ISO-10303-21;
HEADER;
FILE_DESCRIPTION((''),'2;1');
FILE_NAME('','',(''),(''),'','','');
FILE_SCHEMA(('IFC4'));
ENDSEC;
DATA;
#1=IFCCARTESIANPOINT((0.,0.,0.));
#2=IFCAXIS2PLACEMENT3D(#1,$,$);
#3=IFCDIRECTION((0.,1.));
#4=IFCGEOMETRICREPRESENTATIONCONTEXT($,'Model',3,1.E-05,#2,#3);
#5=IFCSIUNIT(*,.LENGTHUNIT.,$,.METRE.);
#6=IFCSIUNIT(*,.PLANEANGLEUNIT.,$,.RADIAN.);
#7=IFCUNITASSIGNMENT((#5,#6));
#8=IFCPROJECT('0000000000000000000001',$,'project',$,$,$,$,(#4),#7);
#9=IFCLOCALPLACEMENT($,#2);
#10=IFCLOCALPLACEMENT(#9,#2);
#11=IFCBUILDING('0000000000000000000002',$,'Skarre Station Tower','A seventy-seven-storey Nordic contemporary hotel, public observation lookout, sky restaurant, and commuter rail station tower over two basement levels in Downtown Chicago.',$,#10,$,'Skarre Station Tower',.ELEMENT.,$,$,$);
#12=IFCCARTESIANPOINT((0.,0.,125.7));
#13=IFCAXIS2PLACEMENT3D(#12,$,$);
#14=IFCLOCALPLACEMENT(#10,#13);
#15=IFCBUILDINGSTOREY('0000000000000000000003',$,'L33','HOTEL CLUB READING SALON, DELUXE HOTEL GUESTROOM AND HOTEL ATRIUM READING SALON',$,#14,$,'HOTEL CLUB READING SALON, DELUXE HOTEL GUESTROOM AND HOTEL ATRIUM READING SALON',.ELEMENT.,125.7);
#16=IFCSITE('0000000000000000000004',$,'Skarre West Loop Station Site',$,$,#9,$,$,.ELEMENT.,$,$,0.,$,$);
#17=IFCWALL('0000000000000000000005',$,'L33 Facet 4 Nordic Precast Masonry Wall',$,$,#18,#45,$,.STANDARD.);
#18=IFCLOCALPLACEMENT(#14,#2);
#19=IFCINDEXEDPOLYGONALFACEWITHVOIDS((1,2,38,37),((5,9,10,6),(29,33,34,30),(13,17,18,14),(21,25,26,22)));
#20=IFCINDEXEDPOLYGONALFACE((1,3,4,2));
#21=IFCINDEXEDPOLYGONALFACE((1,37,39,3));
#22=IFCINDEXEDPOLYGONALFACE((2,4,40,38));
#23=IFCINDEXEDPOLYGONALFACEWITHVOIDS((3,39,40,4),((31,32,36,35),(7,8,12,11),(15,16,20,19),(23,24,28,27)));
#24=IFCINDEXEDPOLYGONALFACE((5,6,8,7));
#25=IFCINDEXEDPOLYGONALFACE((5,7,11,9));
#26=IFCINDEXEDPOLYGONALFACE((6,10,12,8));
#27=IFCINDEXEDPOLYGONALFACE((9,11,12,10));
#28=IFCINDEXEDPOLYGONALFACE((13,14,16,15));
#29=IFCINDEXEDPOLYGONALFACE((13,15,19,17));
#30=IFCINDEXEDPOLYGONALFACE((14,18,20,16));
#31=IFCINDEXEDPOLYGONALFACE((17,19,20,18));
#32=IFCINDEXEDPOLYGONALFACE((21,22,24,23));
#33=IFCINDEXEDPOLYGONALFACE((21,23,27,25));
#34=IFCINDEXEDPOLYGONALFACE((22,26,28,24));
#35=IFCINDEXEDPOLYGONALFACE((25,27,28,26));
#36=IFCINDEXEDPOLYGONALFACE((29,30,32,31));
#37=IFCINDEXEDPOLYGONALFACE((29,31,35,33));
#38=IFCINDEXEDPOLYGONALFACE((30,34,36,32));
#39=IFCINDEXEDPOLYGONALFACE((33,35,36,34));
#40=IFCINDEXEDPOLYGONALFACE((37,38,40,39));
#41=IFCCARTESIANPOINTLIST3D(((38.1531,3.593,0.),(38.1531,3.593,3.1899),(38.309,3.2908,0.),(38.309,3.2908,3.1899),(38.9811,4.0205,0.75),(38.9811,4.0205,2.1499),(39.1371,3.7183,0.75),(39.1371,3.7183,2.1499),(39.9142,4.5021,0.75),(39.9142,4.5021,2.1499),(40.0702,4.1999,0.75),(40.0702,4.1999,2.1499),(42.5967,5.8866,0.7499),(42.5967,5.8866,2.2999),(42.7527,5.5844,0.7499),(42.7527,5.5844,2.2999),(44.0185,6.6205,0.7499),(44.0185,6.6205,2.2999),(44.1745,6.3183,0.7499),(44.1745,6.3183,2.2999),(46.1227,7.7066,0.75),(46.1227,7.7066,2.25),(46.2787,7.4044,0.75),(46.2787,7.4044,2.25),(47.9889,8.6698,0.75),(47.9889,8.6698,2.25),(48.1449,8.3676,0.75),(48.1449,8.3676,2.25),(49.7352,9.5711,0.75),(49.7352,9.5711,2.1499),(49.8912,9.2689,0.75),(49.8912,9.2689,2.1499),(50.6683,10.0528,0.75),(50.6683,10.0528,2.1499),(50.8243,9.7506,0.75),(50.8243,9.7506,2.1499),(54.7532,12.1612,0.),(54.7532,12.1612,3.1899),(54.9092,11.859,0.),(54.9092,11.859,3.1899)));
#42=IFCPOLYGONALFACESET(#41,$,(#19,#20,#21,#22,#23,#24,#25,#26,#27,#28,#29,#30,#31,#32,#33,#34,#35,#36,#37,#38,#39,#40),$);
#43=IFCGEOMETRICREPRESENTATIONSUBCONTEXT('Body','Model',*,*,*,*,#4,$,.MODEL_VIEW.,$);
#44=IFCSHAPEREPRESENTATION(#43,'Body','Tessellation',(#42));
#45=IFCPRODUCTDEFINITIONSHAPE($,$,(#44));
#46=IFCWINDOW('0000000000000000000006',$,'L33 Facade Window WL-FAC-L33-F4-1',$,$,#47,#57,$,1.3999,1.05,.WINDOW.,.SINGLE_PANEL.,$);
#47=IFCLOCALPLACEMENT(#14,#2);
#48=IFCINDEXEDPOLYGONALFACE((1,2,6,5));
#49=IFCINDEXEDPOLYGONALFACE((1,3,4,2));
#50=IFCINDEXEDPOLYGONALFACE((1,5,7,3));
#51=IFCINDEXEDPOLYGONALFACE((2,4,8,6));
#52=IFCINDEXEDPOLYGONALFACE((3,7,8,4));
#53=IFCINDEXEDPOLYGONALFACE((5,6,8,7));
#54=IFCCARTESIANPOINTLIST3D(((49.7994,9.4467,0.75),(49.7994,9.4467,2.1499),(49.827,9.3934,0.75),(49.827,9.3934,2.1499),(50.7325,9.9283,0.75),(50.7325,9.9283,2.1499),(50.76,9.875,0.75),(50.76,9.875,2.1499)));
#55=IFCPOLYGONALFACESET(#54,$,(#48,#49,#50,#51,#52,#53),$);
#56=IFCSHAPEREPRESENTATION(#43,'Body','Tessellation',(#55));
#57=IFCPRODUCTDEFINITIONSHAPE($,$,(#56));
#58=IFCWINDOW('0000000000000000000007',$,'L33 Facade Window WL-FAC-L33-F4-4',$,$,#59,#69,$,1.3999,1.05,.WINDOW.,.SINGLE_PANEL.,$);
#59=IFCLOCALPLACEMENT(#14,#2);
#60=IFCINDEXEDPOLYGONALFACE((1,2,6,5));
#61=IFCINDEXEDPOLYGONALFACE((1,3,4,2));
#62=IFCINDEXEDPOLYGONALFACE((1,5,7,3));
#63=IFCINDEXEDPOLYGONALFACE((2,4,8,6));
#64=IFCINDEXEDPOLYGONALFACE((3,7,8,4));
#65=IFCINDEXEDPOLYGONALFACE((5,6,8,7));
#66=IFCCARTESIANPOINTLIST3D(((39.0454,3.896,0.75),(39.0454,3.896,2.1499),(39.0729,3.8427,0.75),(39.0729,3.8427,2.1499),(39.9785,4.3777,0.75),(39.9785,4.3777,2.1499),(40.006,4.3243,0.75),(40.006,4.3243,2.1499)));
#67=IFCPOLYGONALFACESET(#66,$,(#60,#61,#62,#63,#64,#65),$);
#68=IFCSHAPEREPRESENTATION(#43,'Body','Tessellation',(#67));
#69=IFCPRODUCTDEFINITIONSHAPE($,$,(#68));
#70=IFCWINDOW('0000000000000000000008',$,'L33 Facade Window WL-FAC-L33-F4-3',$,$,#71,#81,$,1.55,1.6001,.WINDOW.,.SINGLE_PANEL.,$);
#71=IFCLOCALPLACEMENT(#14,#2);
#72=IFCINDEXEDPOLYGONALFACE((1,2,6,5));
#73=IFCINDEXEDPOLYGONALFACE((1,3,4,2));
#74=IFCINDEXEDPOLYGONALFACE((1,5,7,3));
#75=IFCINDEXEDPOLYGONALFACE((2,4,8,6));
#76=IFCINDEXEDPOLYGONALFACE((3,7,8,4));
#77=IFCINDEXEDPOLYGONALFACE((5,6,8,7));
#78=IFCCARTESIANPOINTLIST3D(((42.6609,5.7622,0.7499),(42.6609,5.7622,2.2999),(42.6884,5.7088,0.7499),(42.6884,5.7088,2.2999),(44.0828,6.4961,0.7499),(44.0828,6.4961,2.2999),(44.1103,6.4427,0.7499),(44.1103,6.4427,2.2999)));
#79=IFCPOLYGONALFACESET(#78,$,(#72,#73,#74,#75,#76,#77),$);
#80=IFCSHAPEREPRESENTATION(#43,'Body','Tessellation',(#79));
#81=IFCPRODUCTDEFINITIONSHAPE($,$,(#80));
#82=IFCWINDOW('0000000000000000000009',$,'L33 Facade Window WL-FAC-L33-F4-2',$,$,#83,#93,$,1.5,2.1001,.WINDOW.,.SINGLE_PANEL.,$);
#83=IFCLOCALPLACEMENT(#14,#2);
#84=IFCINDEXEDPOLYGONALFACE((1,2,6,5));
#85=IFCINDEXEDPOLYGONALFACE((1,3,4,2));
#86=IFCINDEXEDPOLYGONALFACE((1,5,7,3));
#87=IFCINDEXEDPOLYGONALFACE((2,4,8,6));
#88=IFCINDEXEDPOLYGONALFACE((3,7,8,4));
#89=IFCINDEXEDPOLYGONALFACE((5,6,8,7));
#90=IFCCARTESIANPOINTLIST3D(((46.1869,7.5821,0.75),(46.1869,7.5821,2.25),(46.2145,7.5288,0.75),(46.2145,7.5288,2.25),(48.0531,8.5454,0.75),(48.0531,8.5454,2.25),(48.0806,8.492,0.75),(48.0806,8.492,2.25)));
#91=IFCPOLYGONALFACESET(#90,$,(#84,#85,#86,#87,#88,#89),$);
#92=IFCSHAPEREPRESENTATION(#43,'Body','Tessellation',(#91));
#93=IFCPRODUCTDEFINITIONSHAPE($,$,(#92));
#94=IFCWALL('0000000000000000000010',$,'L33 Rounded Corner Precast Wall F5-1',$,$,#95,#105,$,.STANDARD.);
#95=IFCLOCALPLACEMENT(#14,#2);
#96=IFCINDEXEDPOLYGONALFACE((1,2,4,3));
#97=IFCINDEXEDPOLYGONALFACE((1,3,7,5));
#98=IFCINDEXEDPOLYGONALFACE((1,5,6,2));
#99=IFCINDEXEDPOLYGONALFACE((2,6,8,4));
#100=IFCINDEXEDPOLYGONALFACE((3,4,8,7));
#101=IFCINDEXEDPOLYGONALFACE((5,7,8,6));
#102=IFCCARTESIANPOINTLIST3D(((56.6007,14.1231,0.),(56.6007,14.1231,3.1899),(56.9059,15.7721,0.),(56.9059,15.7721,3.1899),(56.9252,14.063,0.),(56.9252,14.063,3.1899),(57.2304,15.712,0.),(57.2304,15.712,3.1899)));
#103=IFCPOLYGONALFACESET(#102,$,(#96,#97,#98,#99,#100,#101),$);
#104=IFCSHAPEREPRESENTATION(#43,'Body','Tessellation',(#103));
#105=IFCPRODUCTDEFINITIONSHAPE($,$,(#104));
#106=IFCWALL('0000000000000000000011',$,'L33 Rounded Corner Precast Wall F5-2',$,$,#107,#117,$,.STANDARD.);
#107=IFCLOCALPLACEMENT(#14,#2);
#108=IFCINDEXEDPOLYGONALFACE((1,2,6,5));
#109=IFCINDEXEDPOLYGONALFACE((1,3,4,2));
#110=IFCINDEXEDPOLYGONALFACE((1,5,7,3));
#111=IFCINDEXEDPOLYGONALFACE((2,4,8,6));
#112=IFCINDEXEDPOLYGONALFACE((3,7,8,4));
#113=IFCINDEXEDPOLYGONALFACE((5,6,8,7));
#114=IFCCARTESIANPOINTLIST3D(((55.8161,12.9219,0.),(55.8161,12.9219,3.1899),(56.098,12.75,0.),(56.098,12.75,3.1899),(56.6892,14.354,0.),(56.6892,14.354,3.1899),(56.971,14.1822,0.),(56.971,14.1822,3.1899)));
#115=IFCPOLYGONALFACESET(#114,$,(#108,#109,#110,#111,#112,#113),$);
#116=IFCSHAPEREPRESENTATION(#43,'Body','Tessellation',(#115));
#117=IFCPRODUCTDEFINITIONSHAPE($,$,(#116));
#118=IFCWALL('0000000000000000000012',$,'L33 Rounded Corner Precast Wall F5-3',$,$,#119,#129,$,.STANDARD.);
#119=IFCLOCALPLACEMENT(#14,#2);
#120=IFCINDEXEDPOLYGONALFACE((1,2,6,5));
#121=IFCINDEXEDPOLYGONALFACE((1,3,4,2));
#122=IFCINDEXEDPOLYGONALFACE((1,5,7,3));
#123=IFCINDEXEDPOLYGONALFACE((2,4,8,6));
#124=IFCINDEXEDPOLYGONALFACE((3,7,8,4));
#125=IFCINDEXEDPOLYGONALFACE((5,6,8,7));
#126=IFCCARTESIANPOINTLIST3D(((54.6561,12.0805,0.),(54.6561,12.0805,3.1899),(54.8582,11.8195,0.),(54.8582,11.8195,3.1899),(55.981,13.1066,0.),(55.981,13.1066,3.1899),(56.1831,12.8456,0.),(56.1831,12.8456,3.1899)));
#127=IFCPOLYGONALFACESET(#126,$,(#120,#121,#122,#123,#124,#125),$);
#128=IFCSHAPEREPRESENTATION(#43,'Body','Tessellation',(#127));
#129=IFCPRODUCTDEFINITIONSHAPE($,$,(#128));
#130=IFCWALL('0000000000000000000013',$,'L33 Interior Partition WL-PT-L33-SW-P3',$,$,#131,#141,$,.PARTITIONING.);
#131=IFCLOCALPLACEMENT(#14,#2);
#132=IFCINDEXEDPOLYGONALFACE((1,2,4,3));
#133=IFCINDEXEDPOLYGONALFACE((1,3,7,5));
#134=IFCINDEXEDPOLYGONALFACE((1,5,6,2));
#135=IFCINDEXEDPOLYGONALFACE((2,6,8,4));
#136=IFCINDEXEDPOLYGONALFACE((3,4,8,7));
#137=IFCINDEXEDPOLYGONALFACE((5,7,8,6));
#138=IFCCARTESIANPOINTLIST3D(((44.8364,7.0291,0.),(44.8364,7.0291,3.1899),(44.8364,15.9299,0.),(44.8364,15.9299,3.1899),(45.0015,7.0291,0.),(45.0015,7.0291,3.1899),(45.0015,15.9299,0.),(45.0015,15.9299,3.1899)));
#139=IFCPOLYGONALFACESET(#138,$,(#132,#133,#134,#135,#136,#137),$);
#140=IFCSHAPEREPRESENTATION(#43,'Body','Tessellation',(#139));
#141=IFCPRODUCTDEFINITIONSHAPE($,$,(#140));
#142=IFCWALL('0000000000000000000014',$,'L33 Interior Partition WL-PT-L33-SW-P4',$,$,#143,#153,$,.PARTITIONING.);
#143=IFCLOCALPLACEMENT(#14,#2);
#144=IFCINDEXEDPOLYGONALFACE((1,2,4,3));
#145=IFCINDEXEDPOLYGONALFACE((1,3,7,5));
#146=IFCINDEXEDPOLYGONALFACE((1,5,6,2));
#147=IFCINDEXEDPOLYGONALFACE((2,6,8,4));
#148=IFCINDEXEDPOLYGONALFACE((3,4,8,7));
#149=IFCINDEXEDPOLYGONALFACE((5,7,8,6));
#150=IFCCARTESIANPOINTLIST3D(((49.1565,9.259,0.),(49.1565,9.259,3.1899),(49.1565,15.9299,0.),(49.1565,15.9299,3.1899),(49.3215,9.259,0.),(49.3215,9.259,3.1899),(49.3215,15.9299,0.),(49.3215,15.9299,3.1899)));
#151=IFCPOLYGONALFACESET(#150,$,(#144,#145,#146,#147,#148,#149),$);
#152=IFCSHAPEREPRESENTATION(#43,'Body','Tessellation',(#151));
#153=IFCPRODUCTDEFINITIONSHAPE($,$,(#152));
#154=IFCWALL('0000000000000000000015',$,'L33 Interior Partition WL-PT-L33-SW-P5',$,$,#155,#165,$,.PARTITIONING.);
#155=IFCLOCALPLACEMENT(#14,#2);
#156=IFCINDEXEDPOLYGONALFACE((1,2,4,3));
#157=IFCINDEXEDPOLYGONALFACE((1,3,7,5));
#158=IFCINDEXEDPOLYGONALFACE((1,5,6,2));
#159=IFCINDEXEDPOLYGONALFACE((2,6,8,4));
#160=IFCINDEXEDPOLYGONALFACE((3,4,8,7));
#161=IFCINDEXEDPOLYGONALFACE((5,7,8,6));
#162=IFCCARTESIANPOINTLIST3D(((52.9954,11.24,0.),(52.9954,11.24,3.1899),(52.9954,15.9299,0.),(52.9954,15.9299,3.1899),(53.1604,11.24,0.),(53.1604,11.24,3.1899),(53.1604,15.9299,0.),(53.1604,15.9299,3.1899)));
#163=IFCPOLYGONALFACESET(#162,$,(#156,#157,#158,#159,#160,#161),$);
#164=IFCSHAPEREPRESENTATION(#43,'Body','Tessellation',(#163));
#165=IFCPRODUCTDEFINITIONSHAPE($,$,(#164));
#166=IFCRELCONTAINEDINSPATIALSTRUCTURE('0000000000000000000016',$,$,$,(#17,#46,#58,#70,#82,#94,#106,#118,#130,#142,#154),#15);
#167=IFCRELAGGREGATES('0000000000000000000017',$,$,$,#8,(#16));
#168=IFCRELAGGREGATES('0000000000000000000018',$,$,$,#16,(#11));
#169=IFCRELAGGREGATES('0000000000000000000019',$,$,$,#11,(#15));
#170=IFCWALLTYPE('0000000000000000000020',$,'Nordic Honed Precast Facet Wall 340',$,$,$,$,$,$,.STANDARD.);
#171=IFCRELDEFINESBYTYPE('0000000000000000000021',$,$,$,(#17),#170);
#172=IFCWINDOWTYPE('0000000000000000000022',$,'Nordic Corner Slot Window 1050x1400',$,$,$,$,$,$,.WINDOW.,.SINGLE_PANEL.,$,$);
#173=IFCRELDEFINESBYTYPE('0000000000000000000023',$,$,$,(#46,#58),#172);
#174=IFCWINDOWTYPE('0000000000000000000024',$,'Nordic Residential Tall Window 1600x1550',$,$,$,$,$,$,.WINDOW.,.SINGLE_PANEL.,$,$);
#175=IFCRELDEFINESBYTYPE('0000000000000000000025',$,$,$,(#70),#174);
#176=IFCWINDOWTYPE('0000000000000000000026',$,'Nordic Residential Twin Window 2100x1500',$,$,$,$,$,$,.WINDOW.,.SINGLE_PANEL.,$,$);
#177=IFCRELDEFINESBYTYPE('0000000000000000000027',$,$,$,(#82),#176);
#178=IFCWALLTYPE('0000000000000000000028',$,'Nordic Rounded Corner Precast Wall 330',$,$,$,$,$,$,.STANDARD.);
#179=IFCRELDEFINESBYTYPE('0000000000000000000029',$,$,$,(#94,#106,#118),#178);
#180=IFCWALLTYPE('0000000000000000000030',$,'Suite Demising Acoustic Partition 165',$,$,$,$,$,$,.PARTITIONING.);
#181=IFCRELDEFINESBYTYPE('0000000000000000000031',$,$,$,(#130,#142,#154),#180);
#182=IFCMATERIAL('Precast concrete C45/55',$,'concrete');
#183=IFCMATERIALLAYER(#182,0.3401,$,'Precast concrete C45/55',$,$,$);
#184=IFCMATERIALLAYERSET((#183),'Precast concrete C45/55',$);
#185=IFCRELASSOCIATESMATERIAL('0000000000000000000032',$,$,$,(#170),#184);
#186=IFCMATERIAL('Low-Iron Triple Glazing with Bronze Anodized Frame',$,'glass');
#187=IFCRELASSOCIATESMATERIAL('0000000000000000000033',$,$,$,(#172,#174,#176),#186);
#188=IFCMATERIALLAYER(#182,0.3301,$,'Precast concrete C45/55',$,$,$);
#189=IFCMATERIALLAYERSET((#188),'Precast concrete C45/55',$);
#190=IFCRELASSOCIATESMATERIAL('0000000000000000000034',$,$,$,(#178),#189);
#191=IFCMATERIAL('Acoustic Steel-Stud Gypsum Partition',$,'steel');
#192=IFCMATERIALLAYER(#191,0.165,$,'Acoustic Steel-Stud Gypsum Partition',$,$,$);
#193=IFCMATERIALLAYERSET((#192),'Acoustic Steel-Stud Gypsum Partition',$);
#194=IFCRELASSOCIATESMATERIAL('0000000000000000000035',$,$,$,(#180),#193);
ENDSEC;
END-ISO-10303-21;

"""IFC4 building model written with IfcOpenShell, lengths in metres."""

from ifc_helpers import new_model, si_unit, direction, frame, frame_2d, origin, place, context, subcontext, project, spatial, rectangle, extrude, material, layer, layer_set, type_object, element, fill, save


model = new_model("IFC4")

# Units and contexts
model_context = context("Model", 3, precision=1e-05, world=origin(), true_north=direction((0.0, 1.0)))
body_context = subcontext(model_context, "Body", "Model", "MODEL_VIEW")
ifc_project = project(units=[si_unit("LENGTHUNIT", "METRE"), si_unit("PLANEANGLEUNIT", "RADIAN")], contexts=[model_context])

# Site, building, storey
site_placement = place(None, origin())
site = spatial("IfcSite", under=ifc_project, at=site_placement, Name="Skarre West Loop Station Site", CompositionType="ELEMENT", RefElevation=0.0)
building_placement = place(site_placement, origin())
building = spatial("IfcBuilding", under=site, at=building_placement, Name="Skarre Station Tower", Description="A seventy-seven-storey Nordic contemporary hotel, public observation lookout, sky restaurant, and commuter rail station tower over two basement levels in Downtown Chicago.", LongName="Skarre Station Tower", CompositionType="ELEMENT")
storey_placement = place(building_placement, frame((0.0, 0.0, 125.7)))
storey = spatial("IfcBuildingStorey", under=building, at=storey_placement, Name="L33", Description="HOTEL CLUB READING SALON, DELUXE HOTEL GUESTROOM AND HOTEL ATRIUM READING SALON", LongName="HOTEL CLUB READING SALON, DELUXE HOTEL GUESTROOM AND HOTEL ATRIUM READING SALON", CompositionType="ELEMENT", Elevation=125.7)

# Shared definitions
ifc_material_1 = material(Name="Acoustic Steel-Stud Gypsum Partition", Category="steel")

# Wall, openings, windows
ifc_material_2 = material(Name="Precast concrete C45/55", Category="concrete")
ifc_layer_1 = layer(ifc_material_2, 0.3401, Name="Precast concrete C45/55")
ifc_layer_set_1 = layer_set([ifc_layer_1], Name="Precast concrete C45/55")
wall_type_1 = type_object("IfcWallType", Name="Nordic Honed Precast Facet Wall 340", PredefinedType="STANDARD", material=ifc_layer_set_1)
wall_1_placement = place(storey_placement, frame((54.8311, 12.01, 0.0), z_axis=(0.0, 0.0, 1.0), x_axis=(-0.888614, -0.458657, 0.0)))
wall_1 = element("IfcWall", 1, at=wall_1_placement, inside=storey, type_object=wall_type_1, Name="L33 Facet 4 Nordic Precast Masonry Wall", PredefinedType="STANDARD", context=body_context, shape_type="SweptSolid", body=[
    extrude(rectangle(XDim=18.6809, YDim=0.3401, at=frame_2d((9.3403, 0.0))), origin(), (0.0, 0.0, 1.0), 3.1899),
])
opening_1_placement = place(wall_1_placement, frame((4.5969, 0.0, 0.75)))
opening_1 = element("IfcOpeningElement", 2, at=opening_1_placement, cuts=wall_1, PredefinedType="OPENING", context=body_context, shape_type="SweptSolid", body=[
    extrude(rectangle(XDim=1.05, YDim=1.3999, at=frame_2d((0.5249, 0.7))), frame((0.0, 0.1799, 0.0), z_axis=(0.0, -1.0, 0.0), x_axis=(1.0, 0.0, 0.0)), (0.0, 0.0, 1.0), 0.3601),
])
opening_2_placement = place(wall_1_placement, frame((7.6121, 0.0, 0.75)))
opening_2 = element("IfcOpeningElement", 3, at=opening_2_placement, cuts=wall_1, PredefinedType="OPENING", context=body_context, shape_type="SweptSolid", body=[
    extrude(rectangle(XDim=2.1001, YDim=1.5, at=frame_2d((1.05, 0.75))), frame((0.0, 0.1799, 0.0), z_axis=(0.0, -1.0, 0.0), x_axis=(1.0, 0.0, 0.0)), (0.0, 0.0, 1.0), 0.3601),
])
opening_3_placement = place(wall_1_placement, frame((12.0801, 0.0, 0.75)))
opening_3 = element("IfcOpeningElement", 4, at=opening_3_placement, cuts=wall_1, PredefinedType="OPENING", context=body_context, shape_type="SweptSolid", body=[
    extrude(rectangle(XDim=1.6001, YDim=1.55, at=frame_2d((0.8, 0.7749))), frame((0.0, 0.1799, 0.0), z_axis=(0.0, -1.0, 0.0), x_axis=(1.0, 0.0, 0.0)), (0.0, 0.0, 1.0), 0.3601),
])
opening_4_placement = place(wall_1_placement, frame((16.699, 0.0, 0.75)))
opening_4 = element("IfcOpeningElement", 5, at=opening_4_placement, cuts=wall_1, PredefinedType="OPENING", context=body_context, shape_type="SweptSolid", body=[
    extrude(rectangle(XDim=1.05, YDim=1.3999, at=frame_2d((0.5249, 0.7))), frame((0.0, 0.1799, 0.0), z_axis=(0.0, -1.0, 0.0), x_axis=(1.0, 0.0, 0.0)), (0.0, 0.0, 1.0), 0.3601),
])
ifc_material_3 = material(Name="Low-Iron Triple Glazing with Bronze Anodized Frame", Category="glass")
window_type_1 = type_object("IfcWindowType", Name="Nordic Corner Slot Window 1050x1400", PartitioningType="SINGLE_PANEL", PredefinedType="WINDOW", material=ifc_material_3)
window_1_placement = place(opening_1_placement, origin())
window_1 = element("IfcWindow", 6, at=window_1_placement, inside=storey, type_object=window_type_1, Name="L33 Facade Window WL-FAC-L33-F4-1", OverallHeight=1.3999, OverallWidth=1.05, PartitioningType="SINGLE_PANEL", PredefinedType="WINDOW", context=body_context, shape_type="SweptSolid", body=[
    extrude(rectangle(XDim=1.05, YDim=1.3999, at=frame_2d((0.5249, 0.7))), frame((0.0, 0.03, 0.0), z_axis=(0.0, -1.0, 0.0), x_axis=(1.0, 0.0, 0.0)), (0.0, 0.0, 1.0), 0.0601),
])
fill(opening_1, window_1)
window_2_placement = place(opening_4_placement, origin())
window_2 = element("IfcWindow", 7, at=window_2_placement, inside=storey, type_object=window_type_1, Name="L33 Facade Window WL-FAC-L33-F4-4", OverallHeight=1.3999, OverallWidth=1.05, PartitioningType="SINGLE_PANEL", PredefinedType="WINDOW", context=body_context, shape_type="SweptSolid", body=[
    extrude(rectangle(XDim=1.05, YDim=1.3999, at=frame_2d((0.5249, 0.7))), frame((0.0, 0.03, 0.0), z_axis=(0.0, -1.0, 0.0), x_axis=(1.0, 0.0, 0.0)), (0.0, 0.0, 1.0), 0.0601),
])
fill(opening_4, window_2)
window_type_2 = type_object("IfcWindowType", Name="Nordic Residential Tall Window 1600x1550", PartitioningType="SINGLE_PANEL", PredefinedType="WINDOW", material=ifc_material_3)
window_3_placement = place(opening_3_placement, origin())
window_3 = element("IfcWindow", 8, at=window_3_placement, inside=storey, type_object=window_type_2, Name="L33 Facade Window WL-FAC-L33-F4-3", OverallHeight=1.55, OverallWidth=1.6001, PartitioningType="SINGLE_PANEL", PredefinedType="WINDOW", context=body_context, shape_type="SweptSolid", body=[
    extrude(rectangle(XDim=1.6001, YDim=1.55, at=frame_2d((0.8, 0.7749))), frame((0.0, 0.03, 0.0), z_axis=(0.0, -1.0, 0.0), x_axis=(1.0, 0.0, 0.0)), (0.0, 0.0, 1.0), 0.0601),
])
fill(opening_3, window_3)
window_type_3 = type_object("IfcWindowType", Name="Nordic Residential Twin Window 2100x1500", PartitioningType="SINGLE_PANEL", PredefinedType="WINDOW", material=ifc_material_3)
window_4_placement = place(opening_2_placement, origin())
window_4 = element("IfcWindow", 9, at=window_4_placement, inside=storey, type_object=window_type_3, Name="L33 Facade Window WL-FAC-L33-F4-2", OverallHeight=1.5, OverallWidth=2.1001, PartitioningType="SINGLE_PANEL", PredefinedType="WINDOW", context=body_context, shape_type="SweptSolid", body=[
    extrude(rectangle(XDim=2.1001, YDim=1.5, at=frame_2d((1.05, 0.75))), frame((0.0, 0.03, 0.0), z_axis=(0.0, -1.0, 0.0), x_axis=(1.0, 0.0, 0.0)), (0.0, 0.0, 1.0), 0.0601),
])
fill(opening_2, window_4)

# Walls
ifc_layer_2 = layer(ifc_material_2, 0.3301, Name="Precast concrete C45/55")
ifc_layer_set_2 = layer_set([ifc_layer_2], Name="Precast concrete C45/55")
wall_type_2 = type_object("IfcWallType", Name="Nordic Rounded Corner Precast Wall 330", PredefinedType="STANDARD", material=ifc_layer_set_2)
wall_2_placement = place(storey_placement, frame((57.0681, 15.7419, 0.0), z_axis=(0.0, 0.0, 1.0), x_axis=(-0.181985, -0.983301, 0.0)))
element("IfcWall", 10, at=wall_2_placement, inside=storey, type_object=wall_type_2, Name="L33 Rounded Corner Precast Wall F5-1", PredefinedType="STANDARD", context=body_context, shape_type="SweptSolid", body=[
    extrude(rectangle(XDim=1.677, YDim=0.3301, at=frame_2d((0.8384, 0.0))), origin(), (0.0, 0.0, 1.0), 3.1899),
])
wall_3_placement = place(storey_placement, frame((56.8301, 14.2681, 0.0), z_axis=(0.0, 0.0, 1.0), x_axis=(-0.520519, -0.85385, 0.0)))
element("IfcWall", 11, at=wall_3_placement, inside=storey, type_object=wall_type_2, Name="L33 Rounded Corner Precast Wall F5-2", PredefinedType="STANDARD", context=body_context, shape_type="SweptSolid", body=[
    extrude(rectangle(XDim=1.6772, YDim=0.3301, at=frame_2d((0.8386, 0.0))), origin(), (0.0, 0.0, 1.0), 3.1899),
])
wall_4_placement = place(storey_placement, frame((56.082, 12.9761, 0.0), z_axis=(0.0, 0.0, 1.0), x_axis=(-0.790621, -0.612305, 0.0)))
element("IfcWall", 12, at=wall_4_placement, inside=storey, type_object=wall_type_2, Name="L33 Rounded Corner Precast Wall F5-3", PredefinedType="STANDARD", context=body_context, shape_type="SweptSolid", body=[
    extrude(rectangle(XDim=1.6758, YDim=0.3301, at=frame_2d((0.8379, 0.0))), origin(), (0.0, 0.0, 1.0), 3.1899),
])
ifc_layer_3 = layer(ifc_material_1, 0.165, Name="Acoustic Steel-Stud Gypsum Partition")
ifc_layer_set_3 = layer_set([ifc_layer_3], Name="Acoustic Steel-Stud Gypsum Partition")
wall_type_3 = type_object("IfcWallType", Name="Suite Demising Acoustic Partition 165", PredefinedType="PARTITIONING", material=ifc_layer_set_3)
wall_5_placement = place(storey_placement, frame((44.9189, 7.0291, 0.0), z_axis=(0.0, 0.0, 1.0), x_axis=(0.0, 1.0, 0.0)))
element("IfcWall", 13, at=wall_5_placement, inside=storey, type_object=wall_type_3, Name="L33 Interior Partition WL-PT-L33-SW-P3", PredefinedType="PARTITIONING", context=body_context, shape_type="SweptSolid", body=[
    extrude(rectangle(XDim=8.9009, YDim=0.165, at=frame_2d((4.4504, 0.0))), origin(), (0.0, 0.0, 1.0), 3.1899),
])
wall_6_placement = place(storey_placement, frame((49.239, 9.259, 0.0), z_axis=(0.0, 0.0, 1.0), x_axis=(0.0, 1.0, 0.0)))
element("IfcWall", 14, at=wall_6_placement, inside=storey, type_object=wall_type_3, Name="L33 Interior Partition WL-PT-L33-SW-P4", PredefinedType="PARTITIONING", context=body_context, shape_type="SweptSolid", body=[
    extrude(rectangle(XDim=6.6709, YDim=0.165, at=frame_2d((3.3354, 0.0))), origin(), (0.0, 0.0, 1.0), 3.1899),
])
wall_7_placement = place(storey_placement, frame((53.0779, 11.24, 0.0), z_axis=(0.0, 0.0, 1.0), x_axis=(0.0, 1.0, 0.0)))
element("IfcWall", 15, at=wall_7_placement, inside=storey, type_object=wall_type_3, Name="L33 Interior Partition WL-PT-L33-SW-P5", PredefinedType="PARTITIONING", context=body_context, shape_type="SweptSolid", body=[
    extrude(rectangle(XDim=4.6899, YDim=0.165, at=frame_2d((2.345, 0.0))), origin(), (0.0, 0.0, 1.0), 3.1899),
])

save(model, "model.ifc")
